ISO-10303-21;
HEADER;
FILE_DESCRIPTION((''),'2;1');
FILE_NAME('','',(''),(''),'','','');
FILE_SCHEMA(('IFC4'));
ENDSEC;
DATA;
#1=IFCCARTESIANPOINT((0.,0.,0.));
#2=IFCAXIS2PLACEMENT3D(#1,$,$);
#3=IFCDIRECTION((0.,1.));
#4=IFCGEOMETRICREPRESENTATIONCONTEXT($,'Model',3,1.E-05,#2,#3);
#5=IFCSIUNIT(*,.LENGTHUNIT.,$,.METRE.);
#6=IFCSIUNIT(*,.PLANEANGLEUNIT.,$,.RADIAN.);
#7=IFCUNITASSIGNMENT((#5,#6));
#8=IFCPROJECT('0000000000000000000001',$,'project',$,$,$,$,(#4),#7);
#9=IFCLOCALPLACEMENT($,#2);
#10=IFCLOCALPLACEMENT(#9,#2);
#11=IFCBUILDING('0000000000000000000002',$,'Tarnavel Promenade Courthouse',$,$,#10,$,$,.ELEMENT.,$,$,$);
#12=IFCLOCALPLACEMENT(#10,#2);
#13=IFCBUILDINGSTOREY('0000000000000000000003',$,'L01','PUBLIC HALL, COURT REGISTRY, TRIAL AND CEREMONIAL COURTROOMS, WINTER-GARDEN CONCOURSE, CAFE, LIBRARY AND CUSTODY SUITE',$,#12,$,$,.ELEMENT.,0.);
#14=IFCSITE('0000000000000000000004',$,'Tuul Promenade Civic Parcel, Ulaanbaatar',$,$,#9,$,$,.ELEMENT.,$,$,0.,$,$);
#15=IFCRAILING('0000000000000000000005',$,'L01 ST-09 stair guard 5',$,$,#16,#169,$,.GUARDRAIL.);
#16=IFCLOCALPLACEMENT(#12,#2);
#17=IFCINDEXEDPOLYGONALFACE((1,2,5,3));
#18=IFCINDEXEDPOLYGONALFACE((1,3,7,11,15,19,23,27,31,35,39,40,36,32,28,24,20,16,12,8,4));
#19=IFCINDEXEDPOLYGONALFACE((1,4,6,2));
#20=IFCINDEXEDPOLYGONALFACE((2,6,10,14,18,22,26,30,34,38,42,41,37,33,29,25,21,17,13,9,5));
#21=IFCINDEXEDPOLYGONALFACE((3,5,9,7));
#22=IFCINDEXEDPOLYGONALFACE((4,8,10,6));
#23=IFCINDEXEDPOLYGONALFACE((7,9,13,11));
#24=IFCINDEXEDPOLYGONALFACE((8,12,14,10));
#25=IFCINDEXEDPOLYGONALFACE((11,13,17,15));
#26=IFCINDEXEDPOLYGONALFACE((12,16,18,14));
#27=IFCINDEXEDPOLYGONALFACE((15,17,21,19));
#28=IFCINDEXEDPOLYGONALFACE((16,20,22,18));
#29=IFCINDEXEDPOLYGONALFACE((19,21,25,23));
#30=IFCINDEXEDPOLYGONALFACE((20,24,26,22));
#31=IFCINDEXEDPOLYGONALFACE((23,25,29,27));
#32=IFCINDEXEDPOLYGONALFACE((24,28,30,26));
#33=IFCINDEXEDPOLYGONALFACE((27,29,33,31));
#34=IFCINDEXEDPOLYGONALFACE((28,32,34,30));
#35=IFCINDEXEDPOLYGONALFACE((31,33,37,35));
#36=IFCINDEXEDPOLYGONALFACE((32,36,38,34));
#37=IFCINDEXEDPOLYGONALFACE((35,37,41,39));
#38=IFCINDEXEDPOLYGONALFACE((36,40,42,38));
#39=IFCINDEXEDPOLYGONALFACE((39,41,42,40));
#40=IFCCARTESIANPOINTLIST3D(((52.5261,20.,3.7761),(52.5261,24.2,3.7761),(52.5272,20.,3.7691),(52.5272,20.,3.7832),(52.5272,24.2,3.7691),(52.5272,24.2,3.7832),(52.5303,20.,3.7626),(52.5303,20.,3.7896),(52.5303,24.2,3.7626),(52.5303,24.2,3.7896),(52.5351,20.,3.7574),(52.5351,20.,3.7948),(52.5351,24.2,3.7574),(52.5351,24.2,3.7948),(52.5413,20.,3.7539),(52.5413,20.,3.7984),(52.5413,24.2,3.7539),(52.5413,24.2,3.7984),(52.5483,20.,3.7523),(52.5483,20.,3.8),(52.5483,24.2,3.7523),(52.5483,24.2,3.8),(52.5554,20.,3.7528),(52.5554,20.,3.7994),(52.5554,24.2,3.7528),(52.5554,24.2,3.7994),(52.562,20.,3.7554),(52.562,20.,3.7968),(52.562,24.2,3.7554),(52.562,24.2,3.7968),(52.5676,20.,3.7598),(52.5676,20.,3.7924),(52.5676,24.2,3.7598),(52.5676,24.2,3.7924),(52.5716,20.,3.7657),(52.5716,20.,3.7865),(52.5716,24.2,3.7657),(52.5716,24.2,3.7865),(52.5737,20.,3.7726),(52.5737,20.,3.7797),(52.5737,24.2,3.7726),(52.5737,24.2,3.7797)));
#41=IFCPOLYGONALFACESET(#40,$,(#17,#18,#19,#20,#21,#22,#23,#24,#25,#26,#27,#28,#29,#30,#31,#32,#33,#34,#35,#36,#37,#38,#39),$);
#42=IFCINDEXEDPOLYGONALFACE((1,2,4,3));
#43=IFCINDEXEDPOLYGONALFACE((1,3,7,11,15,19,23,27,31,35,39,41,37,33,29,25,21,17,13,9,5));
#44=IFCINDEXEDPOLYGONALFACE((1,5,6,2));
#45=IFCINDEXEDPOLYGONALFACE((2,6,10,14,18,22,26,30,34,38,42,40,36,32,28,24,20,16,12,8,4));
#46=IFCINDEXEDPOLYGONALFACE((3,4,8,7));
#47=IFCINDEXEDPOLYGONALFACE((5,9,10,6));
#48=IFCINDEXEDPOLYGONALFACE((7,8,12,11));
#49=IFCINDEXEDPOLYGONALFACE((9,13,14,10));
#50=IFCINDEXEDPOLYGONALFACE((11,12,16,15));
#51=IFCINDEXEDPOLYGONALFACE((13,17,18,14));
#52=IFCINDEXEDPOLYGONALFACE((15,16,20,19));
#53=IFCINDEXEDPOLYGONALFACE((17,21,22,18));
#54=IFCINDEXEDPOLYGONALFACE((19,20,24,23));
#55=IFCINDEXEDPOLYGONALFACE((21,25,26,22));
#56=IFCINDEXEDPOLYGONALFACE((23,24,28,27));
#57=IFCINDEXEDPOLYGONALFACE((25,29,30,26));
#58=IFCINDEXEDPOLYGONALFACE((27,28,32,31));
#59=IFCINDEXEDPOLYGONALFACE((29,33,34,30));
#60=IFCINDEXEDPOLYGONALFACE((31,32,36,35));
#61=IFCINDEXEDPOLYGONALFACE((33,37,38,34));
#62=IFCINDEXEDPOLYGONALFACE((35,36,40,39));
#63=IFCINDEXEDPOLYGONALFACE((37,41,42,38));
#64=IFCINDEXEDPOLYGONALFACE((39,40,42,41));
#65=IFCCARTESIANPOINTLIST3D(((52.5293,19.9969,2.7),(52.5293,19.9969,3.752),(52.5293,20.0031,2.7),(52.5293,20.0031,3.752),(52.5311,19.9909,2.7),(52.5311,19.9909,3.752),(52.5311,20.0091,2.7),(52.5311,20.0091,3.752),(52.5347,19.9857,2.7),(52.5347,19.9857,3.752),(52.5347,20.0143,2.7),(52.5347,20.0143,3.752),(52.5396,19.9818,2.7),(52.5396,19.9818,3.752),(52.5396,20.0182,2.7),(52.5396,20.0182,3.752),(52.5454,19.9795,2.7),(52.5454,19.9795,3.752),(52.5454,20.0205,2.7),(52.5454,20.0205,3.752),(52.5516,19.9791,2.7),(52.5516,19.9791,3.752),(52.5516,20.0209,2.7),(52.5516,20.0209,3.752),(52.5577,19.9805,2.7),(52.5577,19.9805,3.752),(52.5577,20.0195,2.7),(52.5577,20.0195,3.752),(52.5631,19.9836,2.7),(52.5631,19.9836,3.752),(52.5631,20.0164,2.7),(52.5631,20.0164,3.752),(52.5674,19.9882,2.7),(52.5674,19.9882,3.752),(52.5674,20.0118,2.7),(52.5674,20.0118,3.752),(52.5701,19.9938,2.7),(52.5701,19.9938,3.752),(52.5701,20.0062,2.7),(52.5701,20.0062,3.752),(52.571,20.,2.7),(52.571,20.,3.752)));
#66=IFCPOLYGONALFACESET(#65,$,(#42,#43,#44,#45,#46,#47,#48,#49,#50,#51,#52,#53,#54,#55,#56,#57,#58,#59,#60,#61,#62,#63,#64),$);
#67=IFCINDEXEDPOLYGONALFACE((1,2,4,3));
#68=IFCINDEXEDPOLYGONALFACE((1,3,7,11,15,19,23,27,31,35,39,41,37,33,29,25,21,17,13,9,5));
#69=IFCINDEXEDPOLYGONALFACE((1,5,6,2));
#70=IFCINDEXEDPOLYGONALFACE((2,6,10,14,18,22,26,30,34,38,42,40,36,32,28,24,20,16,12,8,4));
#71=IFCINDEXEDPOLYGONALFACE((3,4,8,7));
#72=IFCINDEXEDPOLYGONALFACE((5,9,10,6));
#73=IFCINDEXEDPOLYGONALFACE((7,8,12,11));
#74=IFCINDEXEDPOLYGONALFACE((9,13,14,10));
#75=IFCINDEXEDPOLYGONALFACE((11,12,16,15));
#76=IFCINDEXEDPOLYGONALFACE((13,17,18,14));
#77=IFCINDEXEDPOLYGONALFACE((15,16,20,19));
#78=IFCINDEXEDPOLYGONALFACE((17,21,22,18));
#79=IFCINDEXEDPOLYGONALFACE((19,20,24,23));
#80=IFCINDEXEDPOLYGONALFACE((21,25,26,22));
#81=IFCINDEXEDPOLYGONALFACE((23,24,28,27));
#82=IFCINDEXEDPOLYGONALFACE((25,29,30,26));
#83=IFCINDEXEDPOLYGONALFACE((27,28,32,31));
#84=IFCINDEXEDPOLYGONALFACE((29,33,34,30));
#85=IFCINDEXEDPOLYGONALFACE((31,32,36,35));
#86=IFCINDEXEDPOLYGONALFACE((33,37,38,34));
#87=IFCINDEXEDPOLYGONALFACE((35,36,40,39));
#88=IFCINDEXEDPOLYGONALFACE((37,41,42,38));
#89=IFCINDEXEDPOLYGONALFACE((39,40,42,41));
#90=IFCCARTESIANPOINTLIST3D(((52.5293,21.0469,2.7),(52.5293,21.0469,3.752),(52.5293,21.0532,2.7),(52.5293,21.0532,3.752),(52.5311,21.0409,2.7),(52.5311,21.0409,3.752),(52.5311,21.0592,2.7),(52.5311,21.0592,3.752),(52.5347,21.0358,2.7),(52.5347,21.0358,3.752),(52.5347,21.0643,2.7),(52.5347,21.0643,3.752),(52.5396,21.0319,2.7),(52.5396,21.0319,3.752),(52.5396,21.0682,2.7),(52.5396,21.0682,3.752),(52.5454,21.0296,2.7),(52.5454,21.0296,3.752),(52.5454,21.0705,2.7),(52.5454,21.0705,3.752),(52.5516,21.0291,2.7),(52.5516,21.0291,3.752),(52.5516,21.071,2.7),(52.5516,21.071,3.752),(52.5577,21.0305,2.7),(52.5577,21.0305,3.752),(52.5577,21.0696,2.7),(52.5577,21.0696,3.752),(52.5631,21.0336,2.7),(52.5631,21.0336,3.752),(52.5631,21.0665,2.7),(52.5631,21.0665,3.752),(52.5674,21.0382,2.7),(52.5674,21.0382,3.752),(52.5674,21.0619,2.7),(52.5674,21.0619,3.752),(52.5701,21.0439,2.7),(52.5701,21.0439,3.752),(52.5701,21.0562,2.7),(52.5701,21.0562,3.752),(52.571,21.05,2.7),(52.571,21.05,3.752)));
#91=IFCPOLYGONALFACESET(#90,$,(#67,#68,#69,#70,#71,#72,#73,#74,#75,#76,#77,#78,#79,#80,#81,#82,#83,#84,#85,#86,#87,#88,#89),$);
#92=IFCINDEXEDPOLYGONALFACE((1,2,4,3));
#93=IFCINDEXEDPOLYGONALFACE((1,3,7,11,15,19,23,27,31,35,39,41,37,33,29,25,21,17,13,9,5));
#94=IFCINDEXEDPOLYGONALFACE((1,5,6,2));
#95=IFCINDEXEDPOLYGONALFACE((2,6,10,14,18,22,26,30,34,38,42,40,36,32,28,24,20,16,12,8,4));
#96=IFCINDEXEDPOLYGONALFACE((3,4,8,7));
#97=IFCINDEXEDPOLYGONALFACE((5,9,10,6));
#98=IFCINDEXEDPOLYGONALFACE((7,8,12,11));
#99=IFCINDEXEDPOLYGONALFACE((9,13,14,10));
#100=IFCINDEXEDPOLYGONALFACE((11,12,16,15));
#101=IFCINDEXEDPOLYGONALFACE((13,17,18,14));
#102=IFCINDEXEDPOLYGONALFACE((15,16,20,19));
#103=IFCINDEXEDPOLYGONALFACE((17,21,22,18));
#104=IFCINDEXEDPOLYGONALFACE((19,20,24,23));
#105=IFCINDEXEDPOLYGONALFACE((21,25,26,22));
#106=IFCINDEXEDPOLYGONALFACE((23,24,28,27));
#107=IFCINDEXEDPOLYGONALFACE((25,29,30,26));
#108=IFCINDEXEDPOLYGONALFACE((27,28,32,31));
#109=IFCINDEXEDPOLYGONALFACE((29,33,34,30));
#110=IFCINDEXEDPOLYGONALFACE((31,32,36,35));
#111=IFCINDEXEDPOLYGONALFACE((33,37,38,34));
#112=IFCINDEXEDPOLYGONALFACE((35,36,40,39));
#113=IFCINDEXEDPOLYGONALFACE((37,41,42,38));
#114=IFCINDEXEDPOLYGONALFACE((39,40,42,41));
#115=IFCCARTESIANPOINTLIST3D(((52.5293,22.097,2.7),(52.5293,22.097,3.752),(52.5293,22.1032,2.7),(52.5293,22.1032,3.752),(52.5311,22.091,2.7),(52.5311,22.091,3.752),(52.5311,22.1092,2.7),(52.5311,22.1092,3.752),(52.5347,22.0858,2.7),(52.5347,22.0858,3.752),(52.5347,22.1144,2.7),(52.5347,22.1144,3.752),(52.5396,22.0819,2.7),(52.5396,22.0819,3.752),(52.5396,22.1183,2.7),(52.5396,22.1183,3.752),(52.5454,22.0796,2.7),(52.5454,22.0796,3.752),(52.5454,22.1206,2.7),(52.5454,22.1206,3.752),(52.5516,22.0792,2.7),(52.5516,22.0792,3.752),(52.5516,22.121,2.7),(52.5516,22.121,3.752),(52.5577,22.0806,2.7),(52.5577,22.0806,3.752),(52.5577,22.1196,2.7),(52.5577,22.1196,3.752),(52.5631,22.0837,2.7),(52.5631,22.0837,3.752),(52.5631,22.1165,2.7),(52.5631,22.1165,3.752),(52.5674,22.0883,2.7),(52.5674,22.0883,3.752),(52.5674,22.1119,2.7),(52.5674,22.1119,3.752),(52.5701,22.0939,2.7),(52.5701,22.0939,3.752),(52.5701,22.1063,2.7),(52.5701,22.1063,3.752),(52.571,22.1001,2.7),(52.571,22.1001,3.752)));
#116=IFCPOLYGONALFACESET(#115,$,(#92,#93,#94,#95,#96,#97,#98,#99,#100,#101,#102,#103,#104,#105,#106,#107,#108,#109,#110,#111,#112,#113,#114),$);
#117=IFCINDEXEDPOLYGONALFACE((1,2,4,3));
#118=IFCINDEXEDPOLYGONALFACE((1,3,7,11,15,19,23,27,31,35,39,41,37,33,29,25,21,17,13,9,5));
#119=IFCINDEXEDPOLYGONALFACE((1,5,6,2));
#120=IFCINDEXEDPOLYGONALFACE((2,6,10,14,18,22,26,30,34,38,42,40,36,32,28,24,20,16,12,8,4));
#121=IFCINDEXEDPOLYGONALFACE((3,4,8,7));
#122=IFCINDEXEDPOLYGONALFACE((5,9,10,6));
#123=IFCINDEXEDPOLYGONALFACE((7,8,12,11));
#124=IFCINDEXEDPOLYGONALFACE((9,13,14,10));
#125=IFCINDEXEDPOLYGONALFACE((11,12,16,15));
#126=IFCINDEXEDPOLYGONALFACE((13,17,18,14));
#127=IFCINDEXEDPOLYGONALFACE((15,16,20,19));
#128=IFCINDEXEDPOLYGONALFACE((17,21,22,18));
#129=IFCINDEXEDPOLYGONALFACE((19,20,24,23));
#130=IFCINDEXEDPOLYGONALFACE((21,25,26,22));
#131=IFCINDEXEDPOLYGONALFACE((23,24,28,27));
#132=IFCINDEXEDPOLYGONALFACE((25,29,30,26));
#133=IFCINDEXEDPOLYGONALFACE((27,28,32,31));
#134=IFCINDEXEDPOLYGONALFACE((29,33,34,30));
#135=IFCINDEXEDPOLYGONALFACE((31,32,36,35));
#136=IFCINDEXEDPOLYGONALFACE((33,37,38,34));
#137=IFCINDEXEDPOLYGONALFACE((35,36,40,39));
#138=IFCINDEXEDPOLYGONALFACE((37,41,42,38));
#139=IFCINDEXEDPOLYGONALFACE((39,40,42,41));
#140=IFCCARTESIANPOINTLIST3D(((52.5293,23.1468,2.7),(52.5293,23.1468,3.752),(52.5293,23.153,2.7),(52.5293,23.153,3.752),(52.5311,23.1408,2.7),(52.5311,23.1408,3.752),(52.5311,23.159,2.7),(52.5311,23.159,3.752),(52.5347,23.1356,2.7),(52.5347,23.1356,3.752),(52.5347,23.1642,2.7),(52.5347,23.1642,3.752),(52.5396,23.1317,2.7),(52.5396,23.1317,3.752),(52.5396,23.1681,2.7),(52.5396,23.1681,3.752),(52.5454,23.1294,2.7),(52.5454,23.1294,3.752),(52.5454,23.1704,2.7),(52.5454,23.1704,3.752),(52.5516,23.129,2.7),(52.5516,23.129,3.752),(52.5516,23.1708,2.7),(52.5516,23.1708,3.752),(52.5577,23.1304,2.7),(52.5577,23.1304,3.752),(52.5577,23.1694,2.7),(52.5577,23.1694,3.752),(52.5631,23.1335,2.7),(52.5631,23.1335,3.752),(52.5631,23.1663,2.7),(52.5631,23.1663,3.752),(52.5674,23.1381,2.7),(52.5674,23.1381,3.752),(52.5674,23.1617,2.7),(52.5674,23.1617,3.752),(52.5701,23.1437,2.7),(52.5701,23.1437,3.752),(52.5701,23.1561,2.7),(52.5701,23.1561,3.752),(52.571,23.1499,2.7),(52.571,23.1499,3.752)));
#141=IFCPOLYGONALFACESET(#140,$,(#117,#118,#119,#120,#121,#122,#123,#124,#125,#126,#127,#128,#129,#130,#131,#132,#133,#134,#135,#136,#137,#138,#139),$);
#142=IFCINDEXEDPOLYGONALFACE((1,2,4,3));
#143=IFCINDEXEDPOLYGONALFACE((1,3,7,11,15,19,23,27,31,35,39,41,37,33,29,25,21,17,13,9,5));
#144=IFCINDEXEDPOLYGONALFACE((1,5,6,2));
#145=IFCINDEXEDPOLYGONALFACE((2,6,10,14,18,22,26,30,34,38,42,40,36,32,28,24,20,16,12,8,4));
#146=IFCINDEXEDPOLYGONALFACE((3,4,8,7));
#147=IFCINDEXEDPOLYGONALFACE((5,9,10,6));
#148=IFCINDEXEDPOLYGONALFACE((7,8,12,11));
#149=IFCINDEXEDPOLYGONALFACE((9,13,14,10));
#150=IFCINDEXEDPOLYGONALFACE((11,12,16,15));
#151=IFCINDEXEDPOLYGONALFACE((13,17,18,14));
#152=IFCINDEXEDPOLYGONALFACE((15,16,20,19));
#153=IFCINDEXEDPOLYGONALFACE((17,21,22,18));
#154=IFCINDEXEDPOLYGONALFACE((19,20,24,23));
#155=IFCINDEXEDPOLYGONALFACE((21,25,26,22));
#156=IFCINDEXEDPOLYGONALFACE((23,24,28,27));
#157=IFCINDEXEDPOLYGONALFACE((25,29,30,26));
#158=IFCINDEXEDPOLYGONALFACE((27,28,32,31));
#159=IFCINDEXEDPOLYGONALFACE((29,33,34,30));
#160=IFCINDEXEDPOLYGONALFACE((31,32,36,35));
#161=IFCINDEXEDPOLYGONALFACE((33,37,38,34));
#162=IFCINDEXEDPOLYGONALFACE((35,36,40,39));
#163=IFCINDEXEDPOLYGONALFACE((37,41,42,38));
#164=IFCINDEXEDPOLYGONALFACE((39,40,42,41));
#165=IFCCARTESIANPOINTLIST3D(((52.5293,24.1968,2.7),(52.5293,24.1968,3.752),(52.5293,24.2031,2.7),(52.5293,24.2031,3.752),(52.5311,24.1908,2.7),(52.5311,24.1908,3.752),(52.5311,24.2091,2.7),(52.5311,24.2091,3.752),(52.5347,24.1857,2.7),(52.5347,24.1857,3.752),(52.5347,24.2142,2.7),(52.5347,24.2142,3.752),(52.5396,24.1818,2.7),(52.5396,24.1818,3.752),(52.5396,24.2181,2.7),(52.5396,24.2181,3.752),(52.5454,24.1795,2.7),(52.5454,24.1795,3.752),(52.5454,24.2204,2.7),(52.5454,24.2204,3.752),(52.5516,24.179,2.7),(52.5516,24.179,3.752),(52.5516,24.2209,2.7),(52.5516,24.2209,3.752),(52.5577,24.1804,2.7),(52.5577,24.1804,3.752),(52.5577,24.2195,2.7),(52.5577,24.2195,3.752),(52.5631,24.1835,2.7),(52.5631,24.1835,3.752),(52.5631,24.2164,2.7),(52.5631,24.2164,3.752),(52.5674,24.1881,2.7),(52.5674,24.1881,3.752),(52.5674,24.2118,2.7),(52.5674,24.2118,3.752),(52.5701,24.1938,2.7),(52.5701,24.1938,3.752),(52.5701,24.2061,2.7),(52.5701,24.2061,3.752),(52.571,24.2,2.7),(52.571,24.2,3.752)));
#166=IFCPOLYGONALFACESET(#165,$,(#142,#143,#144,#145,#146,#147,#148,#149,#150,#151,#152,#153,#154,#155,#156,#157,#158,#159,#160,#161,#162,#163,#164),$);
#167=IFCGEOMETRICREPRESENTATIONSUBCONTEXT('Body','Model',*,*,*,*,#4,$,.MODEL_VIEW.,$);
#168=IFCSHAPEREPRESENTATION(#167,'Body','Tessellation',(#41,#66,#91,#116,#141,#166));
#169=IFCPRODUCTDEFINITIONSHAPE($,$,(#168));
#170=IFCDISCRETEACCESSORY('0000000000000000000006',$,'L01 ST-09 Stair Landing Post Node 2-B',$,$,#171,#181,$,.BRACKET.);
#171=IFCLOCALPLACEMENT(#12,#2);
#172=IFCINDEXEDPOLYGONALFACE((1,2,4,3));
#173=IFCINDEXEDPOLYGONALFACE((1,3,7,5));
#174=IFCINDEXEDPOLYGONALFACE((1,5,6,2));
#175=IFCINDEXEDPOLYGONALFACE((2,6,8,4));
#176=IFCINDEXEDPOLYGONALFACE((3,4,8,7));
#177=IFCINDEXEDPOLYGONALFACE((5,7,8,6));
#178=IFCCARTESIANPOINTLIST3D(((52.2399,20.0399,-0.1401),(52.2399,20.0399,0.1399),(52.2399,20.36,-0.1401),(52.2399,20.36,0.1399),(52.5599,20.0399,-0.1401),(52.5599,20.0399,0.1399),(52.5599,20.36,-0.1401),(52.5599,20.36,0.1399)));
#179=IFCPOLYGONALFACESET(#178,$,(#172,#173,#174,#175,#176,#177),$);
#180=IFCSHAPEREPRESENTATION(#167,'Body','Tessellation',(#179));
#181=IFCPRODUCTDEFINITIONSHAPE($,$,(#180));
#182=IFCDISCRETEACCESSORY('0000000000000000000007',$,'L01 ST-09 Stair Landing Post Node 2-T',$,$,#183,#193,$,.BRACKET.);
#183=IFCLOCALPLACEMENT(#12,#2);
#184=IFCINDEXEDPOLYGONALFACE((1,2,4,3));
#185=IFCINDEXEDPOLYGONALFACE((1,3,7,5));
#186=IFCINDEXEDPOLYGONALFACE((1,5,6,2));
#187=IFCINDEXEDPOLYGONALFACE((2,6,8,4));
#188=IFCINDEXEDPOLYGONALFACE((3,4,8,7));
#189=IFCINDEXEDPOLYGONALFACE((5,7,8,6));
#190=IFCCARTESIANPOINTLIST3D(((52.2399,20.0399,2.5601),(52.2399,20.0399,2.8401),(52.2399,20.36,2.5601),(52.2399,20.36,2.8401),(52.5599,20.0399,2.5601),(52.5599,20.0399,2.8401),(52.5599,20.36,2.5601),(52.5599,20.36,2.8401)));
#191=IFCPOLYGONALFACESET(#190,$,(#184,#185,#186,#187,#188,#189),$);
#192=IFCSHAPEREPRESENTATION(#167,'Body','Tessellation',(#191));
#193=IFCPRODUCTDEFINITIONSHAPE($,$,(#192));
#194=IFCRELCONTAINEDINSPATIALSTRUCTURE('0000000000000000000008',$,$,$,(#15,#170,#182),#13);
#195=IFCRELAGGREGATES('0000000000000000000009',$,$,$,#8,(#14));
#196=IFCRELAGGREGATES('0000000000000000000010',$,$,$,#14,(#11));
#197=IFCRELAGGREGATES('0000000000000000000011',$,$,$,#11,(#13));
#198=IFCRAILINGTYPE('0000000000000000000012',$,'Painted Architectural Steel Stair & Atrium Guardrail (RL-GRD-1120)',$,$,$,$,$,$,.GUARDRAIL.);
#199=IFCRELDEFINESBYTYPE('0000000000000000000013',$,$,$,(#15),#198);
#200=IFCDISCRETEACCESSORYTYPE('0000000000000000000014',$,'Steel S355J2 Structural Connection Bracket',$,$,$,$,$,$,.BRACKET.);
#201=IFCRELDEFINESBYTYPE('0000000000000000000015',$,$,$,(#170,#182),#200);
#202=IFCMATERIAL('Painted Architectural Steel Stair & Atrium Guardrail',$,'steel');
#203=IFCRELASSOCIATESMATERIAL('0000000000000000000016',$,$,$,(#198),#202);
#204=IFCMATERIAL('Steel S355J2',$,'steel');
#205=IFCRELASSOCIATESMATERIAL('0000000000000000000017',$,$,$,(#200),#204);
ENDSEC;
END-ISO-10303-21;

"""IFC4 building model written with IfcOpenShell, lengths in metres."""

from ifc_helpers import new_model, si_unit, direction, frame, origin, origin_2d, place, context, subcontext, project, spatial, rectangle, circle, extrude, material, type_object, element, save


model = new_model("IFC4")

# Units and contexts
model_context = context("Model", 3, precision=1e-05, world=origin(), true_north=direction((0.0, 1.0)))
body_context = subcontext(model_context, "Body", "Model", "MODEL_VIEW")
ifc_project = project(units=[si_unit("LENGTHUNIT", "METRE"), si_unit("PLANEANGLEUNIT", "RADIAN")], contexts=[model_context])

# Site, building, storey
site_placement = place(None, origin())
site = spatial("IfcSite", under=ifc_project, at=site_placement, Name="Tuul Promenade Civic Parcel, Ulaanbaatar", CompositionType="ELEMENT", RefElevation=0.0)
building_placement = place(site_placement, origin())
building = spatial("IfcBuilding", under=site, at=building_placement, Name="Tarnavel Promenade Courthouse", CompositionType="ELEMENT")
storey_placement = place(building_placement, origin())
storey = spatial("IfcBuildingStorey", under=building, at=storey_placement, Name="L01", Description="PUBLIC HALL, COURT REGISTRY, TRIAL AND CEREMONIAL COURTROOMS, WINTER-GARDEN CONCOURSE, CAFE, LIBRARY AND CUSTODY SUITE", CompositionType="ELEMENT", Elevation=0.0)

# Shared definitions
ifc_material_1 = material(Name="Steel S355J2", Category="steel")

# Railing
ifc_material_2 = material(Name="Painted Architectural Steel Stair & Atrium Guardrail", Category="steel")
railing_type = type_object("IfcRailingType", Name="Painted Architectural Steel Stair & Atrium Guardrail (RL-GRD-1120)", PredefinedType="GUARDRAIL", material=ifc_material_2)
railing_placement = place(storey_placement, frame((52.55, 20.0, 2.7)))
element("IfcRailing", 1, at=railing_placement, inside=storey, type_object=railing_type, Name="L01 ST-09 stair guard 5", PredefinedType="GUARDRAIL", context=body_context, shape_type="SweptSolid", body=[
    extrude(circle(Radius=0.0239, at=origin_2d()), frame((0.0, 0.0, 1.0762), z_axis=(0.0, 1.0, 0.0), x_axis=(-1.0, 0.0, 0.0)), (0.0, 0.0, 1.0), 4.2),
    extrude(circle(Radius=0.021, at=origin_2d()), origin(), (0.0, 0.0, 1.0), 1.052),
    extrude(circle(Radius=0.021, at=origin_2d()), frame((0.0, 1.05, 0.0)), (0.0, 0.0, 1.0), 1.052),
    extrude(circle(Radius=0.021, at=origin_2d()), frame((0.0, 2.1001, 0.0)), (0.0, 0.0, 1.0), 1.052),
    extrude(circle(Radius=0.021, at=origin_2d()), frame((0.0, 3.1499, 0.0)), (0.0, 0.0, 1.0), 1.052),
    extrude(circle(Radius=0.021, at=origin_2d()), frame((0.0, 4.2, 0.0)), (0.0, 0.0, 1.0), 1.052),
])

# Discrete accessories
discrete_accessory_type = type_object("IfcDiscreteAccessoryType", Name="Steel S355J2 Structural Connection Bracket", PredefinedType="BRACKET", material=ifc_material_1)
for number, where, z_axis, x_axis, name in (
    (2, (52.3999, 20.2, -0.1401), (0.0, 0.0, 1.0), (1.0, 0.0, 0.0), "L01 ST-09 Stair Landing Post Node 2-B"),
    (3, (52.3999, 20.2, 2.5601), (0.0, 0.0, 1.0), (1.0, 0.0, 0.0), "L01 ST-09 Stair Landing Post Node 2-T"),
):
    element("IfcDiscreteAccessory", number, at=place(storey_placement, frame(where, z_axis=z_axis, x_axis=x_axis)), inside=storey, type_object=discrete_accessory_type, Name=name, PredefinedType="BRACKET", context=body_context, shape_type="SweptSolid", body=[
        extrude(rectangle(XDim=0.3201, YDim=0.3201, at=origin_2d()), origin(), (0.0, 0.0, 1.0), 0.28),
    ])

save(model, "model.ifc")
